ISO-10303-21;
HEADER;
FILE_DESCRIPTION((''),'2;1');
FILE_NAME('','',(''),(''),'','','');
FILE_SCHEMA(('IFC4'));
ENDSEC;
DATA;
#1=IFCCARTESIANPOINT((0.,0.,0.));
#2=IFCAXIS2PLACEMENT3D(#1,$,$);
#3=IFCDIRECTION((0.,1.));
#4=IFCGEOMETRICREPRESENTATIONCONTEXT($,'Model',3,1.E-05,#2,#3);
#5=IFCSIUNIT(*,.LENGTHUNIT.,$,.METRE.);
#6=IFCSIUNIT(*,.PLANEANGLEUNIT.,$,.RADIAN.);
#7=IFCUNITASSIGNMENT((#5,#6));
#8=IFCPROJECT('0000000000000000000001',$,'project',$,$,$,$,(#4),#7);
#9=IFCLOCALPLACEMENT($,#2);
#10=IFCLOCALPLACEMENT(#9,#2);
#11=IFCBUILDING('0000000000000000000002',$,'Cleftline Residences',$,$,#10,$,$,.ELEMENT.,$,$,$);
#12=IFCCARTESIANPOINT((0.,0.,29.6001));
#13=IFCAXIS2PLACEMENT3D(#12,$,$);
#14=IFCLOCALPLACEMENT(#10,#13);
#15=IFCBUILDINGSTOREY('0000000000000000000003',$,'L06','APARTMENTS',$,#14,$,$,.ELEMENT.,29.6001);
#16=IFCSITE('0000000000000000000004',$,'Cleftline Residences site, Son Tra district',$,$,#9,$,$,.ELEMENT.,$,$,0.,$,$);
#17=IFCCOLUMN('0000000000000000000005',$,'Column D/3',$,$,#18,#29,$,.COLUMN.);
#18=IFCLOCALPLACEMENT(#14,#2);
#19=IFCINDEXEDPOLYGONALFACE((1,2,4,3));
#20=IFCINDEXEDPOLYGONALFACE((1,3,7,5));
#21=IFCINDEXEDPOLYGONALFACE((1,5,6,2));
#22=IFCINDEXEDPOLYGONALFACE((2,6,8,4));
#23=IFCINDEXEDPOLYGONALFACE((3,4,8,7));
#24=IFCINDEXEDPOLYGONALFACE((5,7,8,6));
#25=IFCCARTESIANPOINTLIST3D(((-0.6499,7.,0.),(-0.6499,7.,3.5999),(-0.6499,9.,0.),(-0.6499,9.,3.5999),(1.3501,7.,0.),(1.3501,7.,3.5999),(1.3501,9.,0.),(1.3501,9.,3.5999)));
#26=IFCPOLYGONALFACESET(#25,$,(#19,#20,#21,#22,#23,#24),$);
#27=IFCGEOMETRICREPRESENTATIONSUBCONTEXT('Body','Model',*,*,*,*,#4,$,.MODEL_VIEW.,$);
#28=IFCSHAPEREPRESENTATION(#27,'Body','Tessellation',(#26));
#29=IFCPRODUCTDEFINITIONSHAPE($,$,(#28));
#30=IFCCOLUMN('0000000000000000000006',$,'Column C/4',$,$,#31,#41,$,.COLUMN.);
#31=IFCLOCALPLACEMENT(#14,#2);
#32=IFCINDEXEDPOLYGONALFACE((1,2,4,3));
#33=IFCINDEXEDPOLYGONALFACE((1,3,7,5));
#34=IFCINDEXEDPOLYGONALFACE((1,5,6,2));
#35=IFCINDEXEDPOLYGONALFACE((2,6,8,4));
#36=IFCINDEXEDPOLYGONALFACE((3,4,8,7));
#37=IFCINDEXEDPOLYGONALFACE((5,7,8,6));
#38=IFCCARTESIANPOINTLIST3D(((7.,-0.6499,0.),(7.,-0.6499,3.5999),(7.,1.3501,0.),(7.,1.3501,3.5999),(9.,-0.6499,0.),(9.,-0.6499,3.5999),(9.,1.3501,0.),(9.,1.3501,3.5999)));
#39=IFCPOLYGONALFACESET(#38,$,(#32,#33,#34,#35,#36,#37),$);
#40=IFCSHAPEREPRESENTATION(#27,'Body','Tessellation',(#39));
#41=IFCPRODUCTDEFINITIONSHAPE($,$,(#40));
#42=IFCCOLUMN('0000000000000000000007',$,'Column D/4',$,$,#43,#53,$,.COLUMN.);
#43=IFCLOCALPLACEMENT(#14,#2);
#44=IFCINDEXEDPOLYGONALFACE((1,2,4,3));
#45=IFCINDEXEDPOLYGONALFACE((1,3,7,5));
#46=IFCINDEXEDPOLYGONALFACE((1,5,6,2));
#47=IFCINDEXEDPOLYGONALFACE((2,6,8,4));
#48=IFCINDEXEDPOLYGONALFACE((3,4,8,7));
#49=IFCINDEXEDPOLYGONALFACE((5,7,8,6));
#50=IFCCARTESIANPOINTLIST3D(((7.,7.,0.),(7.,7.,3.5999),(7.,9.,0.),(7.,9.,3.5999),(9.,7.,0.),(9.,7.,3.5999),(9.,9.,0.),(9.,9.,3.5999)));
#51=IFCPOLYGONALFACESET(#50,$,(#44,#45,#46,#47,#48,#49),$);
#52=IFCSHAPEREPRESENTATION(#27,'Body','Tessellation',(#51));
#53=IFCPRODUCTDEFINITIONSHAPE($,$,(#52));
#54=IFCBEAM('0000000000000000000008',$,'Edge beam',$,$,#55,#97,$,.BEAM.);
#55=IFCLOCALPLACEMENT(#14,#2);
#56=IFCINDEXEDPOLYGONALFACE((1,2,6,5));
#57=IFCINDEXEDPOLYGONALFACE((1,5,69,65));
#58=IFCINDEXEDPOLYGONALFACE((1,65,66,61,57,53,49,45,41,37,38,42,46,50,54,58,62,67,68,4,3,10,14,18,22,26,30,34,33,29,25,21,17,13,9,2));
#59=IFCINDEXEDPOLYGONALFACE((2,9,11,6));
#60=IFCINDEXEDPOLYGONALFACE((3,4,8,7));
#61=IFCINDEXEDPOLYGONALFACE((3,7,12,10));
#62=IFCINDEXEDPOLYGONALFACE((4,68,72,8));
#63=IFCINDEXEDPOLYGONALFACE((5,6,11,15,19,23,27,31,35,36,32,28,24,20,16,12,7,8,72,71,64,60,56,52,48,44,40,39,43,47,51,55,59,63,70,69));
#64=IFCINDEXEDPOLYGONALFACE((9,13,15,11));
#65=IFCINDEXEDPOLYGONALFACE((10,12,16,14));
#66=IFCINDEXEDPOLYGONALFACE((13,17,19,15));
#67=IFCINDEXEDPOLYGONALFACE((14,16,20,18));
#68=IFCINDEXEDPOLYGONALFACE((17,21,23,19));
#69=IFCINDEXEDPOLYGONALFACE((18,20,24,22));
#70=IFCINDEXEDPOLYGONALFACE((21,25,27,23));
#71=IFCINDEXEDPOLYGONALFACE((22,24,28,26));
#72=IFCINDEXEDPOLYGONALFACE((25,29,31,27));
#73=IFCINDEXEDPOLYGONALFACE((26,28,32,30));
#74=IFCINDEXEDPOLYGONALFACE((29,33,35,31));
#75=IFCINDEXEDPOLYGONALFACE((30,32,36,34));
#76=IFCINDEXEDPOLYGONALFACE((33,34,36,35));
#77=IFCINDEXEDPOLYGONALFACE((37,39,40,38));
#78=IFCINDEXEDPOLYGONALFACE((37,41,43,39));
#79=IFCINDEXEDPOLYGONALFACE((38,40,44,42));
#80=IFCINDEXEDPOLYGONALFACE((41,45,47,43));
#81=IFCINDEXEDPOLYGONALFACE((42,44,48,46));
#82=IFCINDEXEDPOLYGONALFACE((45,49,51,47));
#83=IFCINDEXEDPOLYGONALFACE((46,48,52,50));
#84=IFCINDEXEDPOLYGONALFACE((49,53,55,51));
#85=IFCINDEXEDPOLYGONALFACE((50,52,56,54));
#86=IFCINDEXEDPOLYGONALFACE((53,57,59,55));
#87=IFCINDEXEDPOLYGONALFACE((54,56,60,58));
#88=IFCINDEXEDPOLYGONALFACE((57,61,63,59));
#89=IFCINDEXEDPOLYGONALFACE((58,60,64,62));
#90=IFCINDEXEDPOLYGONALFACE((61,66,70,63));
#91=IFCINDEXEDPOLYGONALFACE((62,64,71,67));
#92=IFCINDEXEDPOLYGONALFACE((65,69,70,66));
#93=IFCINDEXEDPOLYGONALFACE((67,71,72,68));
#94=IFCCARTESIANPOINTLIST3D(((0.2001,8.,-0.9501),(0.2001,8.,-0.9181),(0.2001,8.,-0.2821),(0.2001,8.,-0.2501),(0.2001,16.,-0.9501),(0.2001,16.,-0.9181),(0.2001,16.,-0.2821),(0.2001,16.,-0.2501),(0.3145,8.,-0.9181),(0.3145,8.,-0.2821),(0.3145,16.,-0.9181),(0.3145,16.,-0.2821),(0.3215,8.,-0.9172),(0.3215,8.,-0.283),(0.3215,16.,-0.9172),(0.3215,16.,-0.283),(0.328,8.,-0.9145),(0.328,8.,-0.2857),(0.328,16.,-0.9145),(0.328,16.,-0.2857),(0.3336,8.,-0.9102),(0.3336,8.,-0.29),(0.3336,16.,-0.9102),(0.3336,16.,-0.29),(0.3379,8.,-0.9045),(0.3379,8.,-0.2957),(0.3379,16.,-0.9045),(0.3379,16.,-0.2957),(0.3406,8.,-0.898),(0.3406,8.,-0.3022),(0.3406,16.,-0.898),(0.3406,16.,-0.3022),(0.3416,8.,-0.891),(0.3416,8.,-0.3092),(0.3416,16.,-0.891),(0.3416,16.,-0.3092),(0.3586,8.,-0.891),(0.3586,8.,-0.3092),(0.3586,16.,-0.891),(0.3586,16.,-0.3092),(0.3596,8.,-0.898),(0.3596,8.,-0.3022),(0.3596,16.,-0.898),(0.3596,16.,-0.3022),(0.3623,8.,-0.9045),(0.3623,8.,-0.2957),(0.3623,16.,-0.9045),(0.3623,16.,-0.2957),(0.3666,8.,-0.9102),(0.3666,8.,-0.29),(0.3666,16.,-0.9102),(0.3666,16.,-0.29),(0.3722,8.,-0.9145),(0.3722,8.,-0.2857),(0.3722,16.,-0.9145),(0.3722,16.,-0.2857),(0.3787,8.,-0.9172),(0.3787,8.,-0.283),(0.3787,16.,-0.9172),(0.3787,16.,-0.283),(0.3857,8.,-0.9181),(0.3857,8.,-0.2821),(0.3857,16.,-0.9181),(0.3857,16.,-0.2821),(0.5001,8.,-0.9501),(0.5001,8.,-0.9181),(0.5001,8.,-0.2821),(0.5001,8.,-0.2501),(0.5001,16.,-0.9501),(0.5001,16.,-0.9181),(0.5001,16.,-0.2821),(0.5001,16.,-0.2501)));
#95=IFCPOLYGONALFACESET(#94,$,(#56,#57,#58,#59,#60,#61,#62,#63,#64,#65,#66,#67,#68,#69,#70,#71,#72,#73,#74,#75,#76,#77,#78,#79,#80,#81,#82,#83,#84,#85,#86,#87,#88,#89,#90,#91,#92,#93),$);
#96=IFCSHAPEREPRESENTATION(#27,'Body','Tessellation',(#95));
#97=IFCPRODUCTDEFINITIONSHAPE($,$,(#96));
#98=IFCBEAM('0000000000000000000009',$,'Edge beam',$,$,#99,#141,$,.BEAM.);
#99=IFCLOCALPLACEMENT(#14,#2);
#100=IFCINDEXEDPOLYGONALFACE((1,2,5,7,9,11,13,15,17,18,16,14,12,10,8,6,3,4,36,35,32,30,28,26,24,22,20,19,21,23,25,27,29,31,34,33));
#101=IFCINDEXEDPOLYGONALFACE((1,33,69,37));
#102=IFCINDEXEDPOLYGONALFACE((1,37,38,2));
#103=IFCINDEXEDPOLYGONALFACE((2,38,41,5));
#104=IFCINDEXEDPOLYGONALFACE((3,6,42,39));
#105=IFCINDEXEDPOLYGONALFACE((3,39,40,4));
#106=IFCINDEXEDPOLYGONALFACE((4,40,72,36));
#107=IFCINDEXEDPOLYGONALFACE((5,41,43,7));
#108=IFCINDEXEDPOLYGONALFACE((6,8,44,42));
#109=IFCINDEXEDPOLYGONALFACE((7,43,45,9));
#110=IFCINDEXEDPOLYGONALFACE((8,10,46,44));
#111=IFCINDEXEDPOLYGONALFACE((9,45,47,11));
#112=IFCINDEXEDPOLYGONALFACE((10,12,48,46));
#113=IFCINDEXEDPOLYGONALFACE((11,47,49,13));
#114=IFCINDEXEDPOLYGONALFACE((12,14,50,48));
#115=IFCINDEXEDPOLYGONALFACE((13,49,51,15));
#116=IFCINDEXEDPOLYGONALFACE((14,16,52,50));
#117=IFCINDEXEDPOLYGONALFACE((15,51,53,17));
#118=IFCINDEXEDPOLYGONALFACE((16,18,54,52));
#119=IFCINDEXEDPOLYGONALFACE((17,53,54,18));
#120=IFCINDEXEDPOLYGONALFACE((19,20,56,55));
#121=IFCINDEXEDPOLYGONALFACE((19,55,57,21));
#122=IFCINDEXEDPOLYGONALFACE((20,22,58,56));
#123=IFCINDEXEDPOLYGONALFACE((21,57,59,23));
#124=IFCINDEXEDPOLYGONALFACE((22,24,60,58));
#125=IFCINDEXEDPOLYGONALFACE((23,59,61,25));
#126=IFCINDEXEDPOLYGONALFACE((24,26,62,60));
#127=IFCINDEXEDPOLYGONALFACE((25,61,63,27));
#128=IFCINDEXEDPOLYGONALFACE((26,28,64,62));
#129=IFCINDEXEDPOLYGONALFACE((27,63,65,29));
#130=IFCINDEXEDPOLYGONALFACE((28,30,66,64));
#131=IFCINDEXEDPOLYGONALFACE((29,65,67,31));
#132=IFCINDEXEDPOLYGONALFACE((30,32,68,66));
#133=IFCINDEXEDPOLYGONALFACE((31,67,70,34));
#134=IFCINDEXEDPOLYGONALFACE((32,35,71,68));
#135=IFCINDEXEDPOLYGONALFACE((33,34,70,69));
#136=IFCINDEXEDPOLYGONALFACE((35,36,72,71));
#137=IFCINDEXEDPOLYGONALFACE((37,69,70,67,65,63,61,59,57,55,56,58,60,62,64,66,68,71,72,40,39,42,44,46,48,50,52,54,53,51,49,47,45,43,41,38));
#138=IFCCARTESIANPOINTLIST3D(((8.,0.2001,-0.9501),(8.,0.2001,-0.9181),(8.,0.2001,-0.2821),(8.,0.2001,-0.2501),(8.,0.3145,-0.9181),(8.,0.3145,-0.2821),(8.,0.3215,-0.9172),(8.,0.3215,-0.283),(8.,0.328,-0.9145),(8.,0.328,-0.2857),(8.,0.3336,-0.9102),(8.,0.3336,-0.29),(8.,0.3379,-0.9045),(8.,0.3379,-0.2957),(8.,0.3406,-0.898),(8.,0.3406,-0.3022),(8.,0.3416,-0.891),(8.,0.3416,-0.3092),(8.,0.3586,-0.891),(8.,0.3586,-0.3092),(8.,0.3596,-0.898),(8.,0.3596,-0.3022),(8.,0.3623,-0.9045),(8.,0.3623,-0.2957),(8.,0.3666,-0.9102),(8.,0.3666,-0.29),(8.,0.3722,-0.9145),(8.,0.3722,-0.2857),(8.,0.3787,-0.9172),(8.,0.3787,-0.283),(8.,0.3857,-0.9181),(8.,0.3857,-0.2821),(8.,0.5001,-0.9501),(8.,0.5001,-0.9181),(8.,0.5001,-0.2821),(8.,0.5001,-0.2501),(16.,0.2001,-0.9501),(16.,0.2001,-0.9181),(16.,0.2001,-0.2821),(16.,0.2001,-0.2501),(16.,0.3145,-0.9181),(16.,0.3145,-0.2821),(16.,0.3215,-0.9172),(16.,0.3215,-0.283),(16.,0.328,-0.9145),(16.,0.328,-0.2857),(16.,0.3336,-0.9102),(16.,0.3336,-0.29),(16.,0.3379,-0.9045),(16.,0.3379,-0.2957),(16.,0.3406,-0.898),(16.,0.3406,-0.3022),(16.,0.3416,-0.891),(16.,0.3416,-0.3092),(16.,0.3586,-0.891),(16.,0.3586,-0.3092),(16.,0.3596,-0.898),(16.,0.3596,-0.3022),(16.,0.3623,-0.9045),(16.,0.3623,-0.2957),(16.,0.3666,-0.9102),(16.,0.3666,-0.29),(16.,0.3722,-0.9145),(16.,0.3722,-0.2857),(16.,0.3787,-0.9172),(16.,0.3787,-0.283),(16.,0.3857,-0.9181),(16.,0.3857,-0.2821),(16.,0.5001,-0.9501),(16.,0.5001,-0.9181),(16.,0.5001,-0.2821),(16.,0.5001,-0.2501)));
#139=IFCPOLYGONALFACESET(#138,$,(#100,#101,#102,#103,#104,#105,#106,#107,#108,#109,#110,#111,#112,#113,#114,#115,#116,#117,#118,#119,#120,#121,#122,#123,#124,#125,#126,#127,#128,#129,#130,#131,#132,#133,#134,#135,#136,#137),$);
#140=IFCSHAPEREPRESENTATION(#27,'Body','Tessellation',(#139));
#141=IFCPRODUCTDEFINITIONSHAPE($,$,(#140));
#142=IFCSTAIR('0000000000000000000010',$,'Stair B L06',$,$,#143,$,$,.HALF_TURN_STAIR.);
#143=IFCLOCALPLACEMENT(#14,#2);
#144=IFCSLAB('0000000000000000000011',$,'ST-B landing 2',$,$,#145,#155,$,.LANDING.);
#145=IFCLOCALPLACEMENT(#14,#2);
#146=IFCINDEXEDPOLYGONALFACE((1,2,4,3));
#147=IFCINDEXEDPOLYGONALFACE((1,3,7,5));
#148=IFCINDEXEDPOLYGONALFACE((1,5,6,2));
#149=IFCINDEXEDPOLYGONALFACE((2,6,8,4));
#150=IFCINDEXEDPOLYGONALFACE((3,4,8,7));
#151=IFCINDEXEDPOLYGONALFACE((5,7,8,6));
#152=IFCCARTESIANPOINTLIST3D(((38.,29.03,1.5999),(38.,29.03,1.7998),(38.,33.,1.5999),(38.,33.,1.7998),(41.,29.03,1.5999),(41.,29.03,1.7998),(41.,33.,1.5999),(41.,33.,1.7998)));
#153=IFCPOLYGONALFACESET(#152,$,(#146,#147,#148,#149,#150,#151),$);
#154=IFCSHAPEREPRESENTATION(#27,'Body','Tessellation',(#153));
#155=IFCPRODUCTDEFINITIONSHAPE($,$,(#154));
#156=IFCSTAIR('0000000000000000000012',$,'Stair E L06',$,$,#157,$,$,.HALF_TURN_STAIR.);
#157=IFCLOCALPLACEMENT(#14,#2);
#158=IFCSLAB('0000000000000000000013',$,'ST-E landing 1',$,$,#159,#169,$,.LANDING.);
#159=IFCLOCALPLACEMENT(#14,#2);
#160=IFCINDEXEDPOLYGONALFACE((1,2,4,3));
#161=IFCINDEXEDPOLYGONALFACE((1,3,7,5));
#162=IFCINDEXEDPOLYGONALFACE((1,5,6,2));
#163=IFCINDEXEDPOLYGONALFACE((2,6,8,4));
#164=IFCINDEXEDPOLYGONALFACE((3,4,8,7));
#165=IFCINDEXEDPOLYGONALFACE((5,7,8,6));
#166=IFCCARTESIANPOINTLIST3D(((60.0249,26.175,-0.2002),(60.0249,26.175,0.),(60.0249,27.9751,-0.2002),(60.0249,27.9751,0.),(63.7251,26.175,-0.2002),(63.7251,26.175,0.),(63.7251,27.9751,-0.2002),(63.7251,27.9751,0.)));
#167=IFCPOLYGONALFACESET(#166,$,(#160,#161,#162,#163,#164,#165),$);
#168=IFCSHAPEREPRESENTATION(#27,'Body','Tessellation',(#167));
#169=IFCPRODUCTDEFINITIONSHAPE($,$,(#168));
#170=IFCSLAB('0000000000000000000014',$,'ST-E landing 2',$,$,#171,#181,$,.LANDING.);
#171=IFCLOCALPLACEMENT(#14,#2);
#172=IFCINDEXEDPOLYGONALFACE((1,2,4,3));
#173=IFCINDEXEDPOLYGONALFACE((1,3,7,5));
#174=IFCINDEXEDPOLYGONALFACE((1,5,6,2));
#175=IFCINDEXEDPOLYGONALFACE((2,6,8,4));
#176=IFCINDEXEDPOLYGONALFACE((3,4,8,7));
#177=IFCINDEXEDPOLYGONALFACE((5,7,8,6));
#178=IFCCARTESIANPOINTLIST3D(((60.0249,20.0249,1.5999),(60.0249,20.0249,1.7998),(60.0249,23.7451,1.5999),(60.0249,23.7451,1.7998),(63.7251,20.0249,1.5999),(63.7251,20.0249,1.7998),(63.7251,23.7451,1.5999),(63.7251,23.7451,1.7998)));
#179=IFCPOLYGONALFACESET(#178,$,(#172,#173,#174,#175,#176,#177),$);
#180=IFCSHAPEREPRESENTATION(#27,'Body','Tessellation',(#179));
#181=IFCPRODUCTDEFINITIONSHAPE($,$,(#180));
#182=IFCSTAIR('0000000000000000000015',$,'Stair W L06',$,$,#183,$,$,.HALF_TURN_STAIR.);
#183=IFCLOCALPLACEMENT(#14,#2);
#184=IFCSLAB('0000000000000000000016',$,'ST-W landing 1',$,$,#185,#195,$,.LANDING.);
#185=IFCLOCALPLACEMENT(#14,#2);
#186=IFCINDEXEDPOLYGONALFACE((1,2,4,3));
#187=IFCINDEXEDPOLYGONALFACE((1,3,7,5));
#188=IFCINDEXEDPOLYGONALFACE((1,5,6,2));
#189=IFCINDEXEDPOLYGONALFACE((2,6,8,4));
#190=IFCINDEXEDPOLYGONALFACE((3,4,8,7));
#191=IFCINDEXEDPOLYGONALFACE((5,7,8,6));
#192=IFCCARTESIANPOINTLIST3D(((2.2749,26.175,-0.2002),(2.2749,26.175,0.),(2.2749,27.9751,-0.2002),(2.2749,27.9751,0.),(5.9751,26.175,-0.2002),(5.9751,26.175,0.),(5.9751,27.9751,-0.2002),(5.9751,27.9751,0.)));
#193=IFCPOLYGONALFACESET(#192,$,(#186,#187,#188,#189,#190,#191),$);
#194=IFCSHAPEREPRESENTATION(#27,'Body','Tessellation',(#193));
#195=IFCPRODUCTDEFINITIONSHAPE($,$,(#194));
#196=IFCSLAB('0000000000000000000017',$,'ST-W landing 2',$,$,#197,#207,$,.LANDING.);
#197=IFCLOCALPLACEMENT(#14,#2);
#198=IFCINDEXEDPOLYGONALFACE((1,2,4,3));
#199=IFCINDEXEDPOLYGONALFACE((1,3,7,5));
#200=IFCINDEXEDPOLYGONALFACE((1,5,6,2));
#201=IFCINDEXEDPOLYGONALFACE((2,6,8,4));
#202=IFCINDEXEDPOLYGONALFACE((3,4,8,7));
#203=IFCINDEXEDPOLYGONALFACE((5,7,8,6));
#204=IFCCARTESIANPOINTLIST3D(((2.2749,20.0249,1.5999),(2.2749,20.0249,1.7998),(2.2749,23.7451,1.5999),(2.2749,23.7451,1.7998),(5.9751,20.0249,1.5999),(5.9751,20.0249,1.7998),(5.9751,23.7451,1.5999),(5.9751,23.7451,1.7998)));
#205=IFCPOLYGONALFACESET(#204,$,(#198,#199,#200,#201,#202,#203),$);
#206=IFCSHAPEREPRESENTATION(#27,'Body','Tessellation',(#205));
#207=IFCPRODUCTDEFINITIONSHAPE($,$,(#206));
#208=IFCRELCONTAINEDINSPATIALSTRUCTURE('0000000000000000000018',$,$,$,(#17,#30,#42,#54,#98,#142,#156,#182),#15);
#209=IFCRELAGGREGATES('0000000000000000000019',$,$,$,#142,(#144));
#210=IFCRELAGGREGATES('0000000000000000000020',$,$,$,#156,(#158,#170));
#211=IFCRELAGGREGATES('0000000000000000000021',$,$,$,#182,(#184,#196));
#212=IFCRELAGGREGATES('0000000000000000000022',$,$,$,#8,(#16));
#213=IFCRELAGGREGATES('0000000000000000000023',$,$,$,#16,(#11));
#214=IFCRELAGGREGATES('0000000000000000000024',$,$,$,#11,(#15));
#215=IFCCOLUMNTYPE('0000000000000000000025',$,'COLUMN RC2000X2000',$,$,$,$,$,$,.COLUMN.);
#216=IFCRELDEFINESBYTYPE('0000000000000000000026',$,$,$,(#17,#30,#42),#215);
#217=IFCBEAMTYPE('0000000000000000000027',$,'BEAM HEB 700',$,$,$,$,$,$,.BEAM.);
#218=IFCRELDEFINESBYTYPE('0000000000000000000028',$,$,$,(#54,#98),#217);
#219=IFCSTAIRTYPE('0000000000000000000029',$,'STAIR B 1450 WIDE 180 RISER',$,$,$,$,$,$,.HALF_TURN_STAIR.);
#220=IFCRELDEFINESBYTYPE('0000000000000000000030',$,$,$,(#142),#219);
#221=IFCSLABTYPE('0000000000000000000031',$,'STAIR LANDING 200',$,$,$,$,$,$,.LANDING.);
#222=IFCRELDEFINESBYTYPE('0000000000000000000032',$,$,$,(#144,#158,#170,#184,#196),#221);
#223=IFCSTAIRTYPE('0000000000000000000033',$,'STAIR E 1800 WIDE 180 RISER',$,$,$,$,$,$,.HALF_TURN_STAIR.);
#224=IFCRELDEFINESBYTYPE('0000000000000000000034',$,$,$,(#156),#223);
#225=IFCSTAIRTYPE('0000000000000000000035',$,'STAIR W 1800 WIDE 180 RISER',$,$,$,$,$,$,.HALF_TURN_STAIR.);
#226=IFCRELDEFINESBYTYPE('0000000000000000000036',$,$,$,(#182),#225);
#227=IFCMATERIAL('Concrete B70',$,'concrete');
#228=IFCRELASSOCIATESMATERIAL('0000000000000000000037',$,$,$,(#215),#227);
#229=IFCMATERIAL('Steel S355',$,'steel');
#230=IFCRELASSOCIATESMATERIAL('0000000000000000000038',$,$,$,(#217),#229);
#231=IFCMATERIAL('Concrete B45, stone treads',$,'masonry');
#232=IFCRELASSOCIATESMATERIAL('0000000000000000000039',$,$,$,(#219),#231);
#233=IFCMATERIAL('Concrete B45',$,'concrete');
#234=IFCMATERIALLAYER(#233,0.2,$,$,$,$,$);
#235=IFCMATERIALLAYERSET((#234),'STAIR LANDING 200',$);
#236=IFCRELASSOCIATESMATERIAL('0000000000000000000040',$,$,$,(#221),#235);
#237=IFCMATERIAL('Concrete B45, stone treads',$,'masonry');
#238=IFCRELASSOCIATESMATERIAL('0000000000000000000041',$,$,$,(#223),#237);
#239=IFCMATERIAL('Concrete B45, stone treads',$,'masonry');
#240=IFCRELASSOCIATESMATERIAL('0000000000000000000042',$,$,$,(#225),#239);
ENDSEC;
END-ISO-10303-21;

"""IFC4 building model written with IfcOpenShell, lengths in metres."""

from ifc_helpers import new_model, si_unit, direction, frame, origin, origin_2d, place, context, subcontext, project, spatial, polyline, rectangle, i_section, outline, extrude, material, layer, layer_set, material_profile, profile_set, type_object, element, aggregate, save


model = new_model("IFC4")

# Units and contexts
model_context = context("Model", 3, precision=1e-05, world=origin(), true_north=direction((0.0, 1.0)))
body_context = subcontext(model_context, "Body", "Model", "MODEL_VIEW")
ifc_project = project(units=[si_unit("LENGTHUNIT", "METRE"), si_unit("PLANEANGLEUNIT", "RADIAN")], contexts=[model_context])

# Site, building, storey
site_placement = place(None, origin())
site = spatial("IfcSite", under=ifc_project, at=site_placement, Name="Cleftline Residences site, Son Tra district", CompositionType="ELEMENT", RefElevation=0.0)
building_placement = place(site_placement, origin())
building = spatial("IfcBuilding", under=site, at=building_placement, Name="Cleftline Residences", CompositionType="ELEMENT")
storey_placement = place(building_placement, frame((0.0, 0.0, 29.6001)))
storey = spatial("IfcBuildingStorey", under=building, at=storey_placement, Name="L06", Description="APARTMENTS", CompositionType="ELEMENT", Elevation=29.6001)

# Columns
ifc_material_1 = material(Name="Concrete B70", Category="concrete")
ifc_material_profile_1 = material_profile(ifc_material_1, rectangle(XDim=2.0, YDim=2.0, at=origin_2d()))
ifc_profile_set_1 = profile_set([ifc_material_profile_1], Name="Concrete B70")
column_type = type_object("IfcColumnType", Name="COLUMN RC2000X2000", PredefinedType="COLUMN", material=ifc_profile_set_1)
for number, where, z_axis, x_axis, name in (
    (1, (0.3501, 8.0, 0.0), (0.0, 0.0, 1.0), (1.0, 0.0, 0.0), "Column D/3"),
    (2, (8.0, 0.3501, 0.0), (0.0, 0.0, 1.0), (1.0, 0.0, 0.0), "Column C/4"),
    (3, (8.0, 8.0, 0.0), (0.0, 0.0, 1.0), (1.0, 0.0, 0.0), "Column D/4"),
):
    element("IfcColumn", number, at=place(storey_placement, frame(where, z_axis=z_axis, x_axis=x_axis)), inside=storey, type_object=column_type, Name=name, PredefinedType="COLUMN", context=body_context, shape_type="SweptSolid", body=[
        extrude(rectangle(XDim=2.0, YDim=2.0, at=origin_2d()), origin(), (0.0, 0.0, 1.0), 3.5999),
    ])

# Beams
ifc_material_2 = material(Name="Steel S355", Category="steel")
ifc_material_profile_2 = material_profile(ifc_material_2, i_section(OverallWidth=0.3, OverallDepth=0.7, WebThickness=0.0171, FlangeThickness=0.032, FilletRadius=0.0271, at=origin_2d()))
ifc_profile_set_2 = profile_set([ifc_material_profile_2], Name="Steel S355")
beam_type = type_object("IfcBeamType", Name="BEAM HEB 700", PredefinedType="BEAM", material=ifc_profile_set_2)
for number, where, z_axis, x_axis, name in (
    (4, (0.3501, 8.0, -0.6001), (0.0, 1.0, 0.0), (-1.0, 0.0, 0.0), "Edge beam"),
    (5, (8.0, 0.3501, -0.6001), (1.0, 0.0, 0.0), (0.0, 1.0, 0.0), "Edge beam"),
):
    element("IfcBeam", number, at=place(storey_placement, frame(where, z_axis=z_axis, x_axis=x_axis)), inside=storey, type_object=beam_type, Name=name, PredefinedType="BEAM", context=body_context, shape_type="SweptSolid", body=[
        extrude(i_section(OverallWidth=0.3, OverallDepth=0.7, WebThickness=0.0171, FlangeThickness=0.032, FilletRadius=0.0271, at=origin_2d()), origin(), (0.0, 0.0, 1.0), 8.0),
    ])

# Stair, slab
ifc_material_3 = material(Name="Concrete B45, stone treads", Category="masonry")
stair_type_1 = type_object("IfcStairType", Name="STAIR B 1450 WIDE 180 RISER", PredefinedType="HALF_TURN_STAIR", material=ifc_material_3)
stair_1_placement = place(storey_placement, origin())
stair_1 = element("IfcStair", 6, at=stair_1_placement, inside=storey, type_object=stair_type_1, Name="Stair B L06", PredefinedType="HALF_TURN_STAIR")
ifc_material_4 = material(Name="Concrete B45", Category="concrete")
ifc_layer_1 = layer(ifc_material_4, 0.2)
ifc_layer_set_1 = layer_set([ifc_layer_1], Name="STAIR LANDING 200")
slab_type = type_object("IfcSlabType", Name="STAIR LANDING 200", PredefinedType="LANDING", material=ifc_layer_set_1)
slab_1_placement = place(storey_placement, frame((0.0, 0.0, 1.5999)))
slab_1 = element("IfcSlab", 7, at=slab_1_placement, type_object=slab_type, Name="ST-B landing 2", PredefinedType="LANDING", context=body_context, shape_type="SweptSolid", body=[
    extrude(outline(polyline([(38.0, 29.03), (41.0, 29.03), (41.0, 33.0), (38.0, 33.0), (38.0, 29.03)])), origin(), (0.0, 0.0, 1.0), 0.2),
])
aggregate(stair_1, [slab_1])

# Stairs, slabs
ifc_material_5 = material(Name="Concrete B45, stone treads", Category="masonry")
stair_type_2 = type_object("IfcStairType", Name="STAIR E 1800 WIDE 180 RISER", PredefinedType="HALF_TURN_STAIR", material=ifc_material_5)
stair_2_placement = place(storey_placement, origin())
stair_2 = element("IfcStair", 8, at=stair_2_placement, inside=storey, type_object=stair_type_2, Name="Stair E L06", PredefinedType="HALF_TURN_STAIR")
slab_2_placement = place(storey_placement, frame((0.0, 0.0, -0.2002)))
slab_2 = element("IfcSlab", 9, at=slab_2_placement, type_object=slab_type, Name="ST-E landing 1", PredefinedType="LANDING", context=body_context, shape_type="SweptSolid", body=[
    extrude(outline(polyline([(60.0249, 26.175), (63.7251, 26.175), (63.7251, 27.9751), (60.0249, 27.9751), (60.0249, 26.175)])), origin(), (0.0, 0.0, 1.0), 0.2002),
])
slab_3_placement = place(storey_placement, frame((0.0, 0.0, 1.5999)))
slab_3 = element("IfcSlab", 10, at=slab_3_placement, type_object=slab_type, Name="ST-E landing 2", PredefinedType="LANDING", context=body_context, shape_type="SweptSolid", body=[
    extrude(outline(polyline([(60.0249, 20.0249), (63.7251, 20.0249), (63.7251, 23.7451), (60.0249, 23.7451), (60.0249, 20.0249)])), origin(), (0.0, 0.0, 1.0), 0.2),
])
aggregate(stair_2, [slab_2, slab_3])
ifc_material_6 = material(Name="Concrete B45, stone treads", Category="masonry")
stair_type_3 = type_object("IfcStairType", Name="STAIR W 1800 WIDE 180 RISER", PredefinedType="HALF_TURN_STAIR", material=ifc_material_6)
stair_3_placement = place(storey_placement, origin())
stair_3 = element("IfcStair", 11, at=stair_3_placement, inside=storey, type_object=stair_type_3, Name="Stair W L06", PredefinedType="HALF_TURN_STAIR")
slab_4_placement = place(storey_placement, frame((0.0, 0.0, -0.2002)))
slab_4 = element("IfcSlab", 12, at=slab_4_placement, type_object=slab_type, Name="ST-W landing 1", PredefinedType="LANDING", context=body_context, shape_type="SweptSolid", body=[
    extrude(outline(polyline([(2.2749, 26.175), (5.9751, 26.175), (5.9751, 27.9751), (2.2749, 27.9751), (2.2749, 26.175)])), origin(), (0.0, 0.0, 1.0), 0.2002),
])
slab_5_placement = place(storey_placement, frame((0.0, 0.0, 1.5999)))
slab_5 = element("IfcSlab", 13, at=slab_5_placement, type_object=slab_type, Name="ST-W landing 2", PredefinedType="LANDING", context=body_context, shape_type="SweptSolid", body=[
    extrude(outline(polyline([(2.2749, 20.0249), (5.9751, 20.0249), (5.9751, 23.7451), (2.2749, 23.7451), (2.2749, 20.0249)])), origin(), (0.0, 0.0, 1.0), 0.2),
])
aggregate(stair_3, [slab_4, slab_5])

save(model, "model.ifc")
